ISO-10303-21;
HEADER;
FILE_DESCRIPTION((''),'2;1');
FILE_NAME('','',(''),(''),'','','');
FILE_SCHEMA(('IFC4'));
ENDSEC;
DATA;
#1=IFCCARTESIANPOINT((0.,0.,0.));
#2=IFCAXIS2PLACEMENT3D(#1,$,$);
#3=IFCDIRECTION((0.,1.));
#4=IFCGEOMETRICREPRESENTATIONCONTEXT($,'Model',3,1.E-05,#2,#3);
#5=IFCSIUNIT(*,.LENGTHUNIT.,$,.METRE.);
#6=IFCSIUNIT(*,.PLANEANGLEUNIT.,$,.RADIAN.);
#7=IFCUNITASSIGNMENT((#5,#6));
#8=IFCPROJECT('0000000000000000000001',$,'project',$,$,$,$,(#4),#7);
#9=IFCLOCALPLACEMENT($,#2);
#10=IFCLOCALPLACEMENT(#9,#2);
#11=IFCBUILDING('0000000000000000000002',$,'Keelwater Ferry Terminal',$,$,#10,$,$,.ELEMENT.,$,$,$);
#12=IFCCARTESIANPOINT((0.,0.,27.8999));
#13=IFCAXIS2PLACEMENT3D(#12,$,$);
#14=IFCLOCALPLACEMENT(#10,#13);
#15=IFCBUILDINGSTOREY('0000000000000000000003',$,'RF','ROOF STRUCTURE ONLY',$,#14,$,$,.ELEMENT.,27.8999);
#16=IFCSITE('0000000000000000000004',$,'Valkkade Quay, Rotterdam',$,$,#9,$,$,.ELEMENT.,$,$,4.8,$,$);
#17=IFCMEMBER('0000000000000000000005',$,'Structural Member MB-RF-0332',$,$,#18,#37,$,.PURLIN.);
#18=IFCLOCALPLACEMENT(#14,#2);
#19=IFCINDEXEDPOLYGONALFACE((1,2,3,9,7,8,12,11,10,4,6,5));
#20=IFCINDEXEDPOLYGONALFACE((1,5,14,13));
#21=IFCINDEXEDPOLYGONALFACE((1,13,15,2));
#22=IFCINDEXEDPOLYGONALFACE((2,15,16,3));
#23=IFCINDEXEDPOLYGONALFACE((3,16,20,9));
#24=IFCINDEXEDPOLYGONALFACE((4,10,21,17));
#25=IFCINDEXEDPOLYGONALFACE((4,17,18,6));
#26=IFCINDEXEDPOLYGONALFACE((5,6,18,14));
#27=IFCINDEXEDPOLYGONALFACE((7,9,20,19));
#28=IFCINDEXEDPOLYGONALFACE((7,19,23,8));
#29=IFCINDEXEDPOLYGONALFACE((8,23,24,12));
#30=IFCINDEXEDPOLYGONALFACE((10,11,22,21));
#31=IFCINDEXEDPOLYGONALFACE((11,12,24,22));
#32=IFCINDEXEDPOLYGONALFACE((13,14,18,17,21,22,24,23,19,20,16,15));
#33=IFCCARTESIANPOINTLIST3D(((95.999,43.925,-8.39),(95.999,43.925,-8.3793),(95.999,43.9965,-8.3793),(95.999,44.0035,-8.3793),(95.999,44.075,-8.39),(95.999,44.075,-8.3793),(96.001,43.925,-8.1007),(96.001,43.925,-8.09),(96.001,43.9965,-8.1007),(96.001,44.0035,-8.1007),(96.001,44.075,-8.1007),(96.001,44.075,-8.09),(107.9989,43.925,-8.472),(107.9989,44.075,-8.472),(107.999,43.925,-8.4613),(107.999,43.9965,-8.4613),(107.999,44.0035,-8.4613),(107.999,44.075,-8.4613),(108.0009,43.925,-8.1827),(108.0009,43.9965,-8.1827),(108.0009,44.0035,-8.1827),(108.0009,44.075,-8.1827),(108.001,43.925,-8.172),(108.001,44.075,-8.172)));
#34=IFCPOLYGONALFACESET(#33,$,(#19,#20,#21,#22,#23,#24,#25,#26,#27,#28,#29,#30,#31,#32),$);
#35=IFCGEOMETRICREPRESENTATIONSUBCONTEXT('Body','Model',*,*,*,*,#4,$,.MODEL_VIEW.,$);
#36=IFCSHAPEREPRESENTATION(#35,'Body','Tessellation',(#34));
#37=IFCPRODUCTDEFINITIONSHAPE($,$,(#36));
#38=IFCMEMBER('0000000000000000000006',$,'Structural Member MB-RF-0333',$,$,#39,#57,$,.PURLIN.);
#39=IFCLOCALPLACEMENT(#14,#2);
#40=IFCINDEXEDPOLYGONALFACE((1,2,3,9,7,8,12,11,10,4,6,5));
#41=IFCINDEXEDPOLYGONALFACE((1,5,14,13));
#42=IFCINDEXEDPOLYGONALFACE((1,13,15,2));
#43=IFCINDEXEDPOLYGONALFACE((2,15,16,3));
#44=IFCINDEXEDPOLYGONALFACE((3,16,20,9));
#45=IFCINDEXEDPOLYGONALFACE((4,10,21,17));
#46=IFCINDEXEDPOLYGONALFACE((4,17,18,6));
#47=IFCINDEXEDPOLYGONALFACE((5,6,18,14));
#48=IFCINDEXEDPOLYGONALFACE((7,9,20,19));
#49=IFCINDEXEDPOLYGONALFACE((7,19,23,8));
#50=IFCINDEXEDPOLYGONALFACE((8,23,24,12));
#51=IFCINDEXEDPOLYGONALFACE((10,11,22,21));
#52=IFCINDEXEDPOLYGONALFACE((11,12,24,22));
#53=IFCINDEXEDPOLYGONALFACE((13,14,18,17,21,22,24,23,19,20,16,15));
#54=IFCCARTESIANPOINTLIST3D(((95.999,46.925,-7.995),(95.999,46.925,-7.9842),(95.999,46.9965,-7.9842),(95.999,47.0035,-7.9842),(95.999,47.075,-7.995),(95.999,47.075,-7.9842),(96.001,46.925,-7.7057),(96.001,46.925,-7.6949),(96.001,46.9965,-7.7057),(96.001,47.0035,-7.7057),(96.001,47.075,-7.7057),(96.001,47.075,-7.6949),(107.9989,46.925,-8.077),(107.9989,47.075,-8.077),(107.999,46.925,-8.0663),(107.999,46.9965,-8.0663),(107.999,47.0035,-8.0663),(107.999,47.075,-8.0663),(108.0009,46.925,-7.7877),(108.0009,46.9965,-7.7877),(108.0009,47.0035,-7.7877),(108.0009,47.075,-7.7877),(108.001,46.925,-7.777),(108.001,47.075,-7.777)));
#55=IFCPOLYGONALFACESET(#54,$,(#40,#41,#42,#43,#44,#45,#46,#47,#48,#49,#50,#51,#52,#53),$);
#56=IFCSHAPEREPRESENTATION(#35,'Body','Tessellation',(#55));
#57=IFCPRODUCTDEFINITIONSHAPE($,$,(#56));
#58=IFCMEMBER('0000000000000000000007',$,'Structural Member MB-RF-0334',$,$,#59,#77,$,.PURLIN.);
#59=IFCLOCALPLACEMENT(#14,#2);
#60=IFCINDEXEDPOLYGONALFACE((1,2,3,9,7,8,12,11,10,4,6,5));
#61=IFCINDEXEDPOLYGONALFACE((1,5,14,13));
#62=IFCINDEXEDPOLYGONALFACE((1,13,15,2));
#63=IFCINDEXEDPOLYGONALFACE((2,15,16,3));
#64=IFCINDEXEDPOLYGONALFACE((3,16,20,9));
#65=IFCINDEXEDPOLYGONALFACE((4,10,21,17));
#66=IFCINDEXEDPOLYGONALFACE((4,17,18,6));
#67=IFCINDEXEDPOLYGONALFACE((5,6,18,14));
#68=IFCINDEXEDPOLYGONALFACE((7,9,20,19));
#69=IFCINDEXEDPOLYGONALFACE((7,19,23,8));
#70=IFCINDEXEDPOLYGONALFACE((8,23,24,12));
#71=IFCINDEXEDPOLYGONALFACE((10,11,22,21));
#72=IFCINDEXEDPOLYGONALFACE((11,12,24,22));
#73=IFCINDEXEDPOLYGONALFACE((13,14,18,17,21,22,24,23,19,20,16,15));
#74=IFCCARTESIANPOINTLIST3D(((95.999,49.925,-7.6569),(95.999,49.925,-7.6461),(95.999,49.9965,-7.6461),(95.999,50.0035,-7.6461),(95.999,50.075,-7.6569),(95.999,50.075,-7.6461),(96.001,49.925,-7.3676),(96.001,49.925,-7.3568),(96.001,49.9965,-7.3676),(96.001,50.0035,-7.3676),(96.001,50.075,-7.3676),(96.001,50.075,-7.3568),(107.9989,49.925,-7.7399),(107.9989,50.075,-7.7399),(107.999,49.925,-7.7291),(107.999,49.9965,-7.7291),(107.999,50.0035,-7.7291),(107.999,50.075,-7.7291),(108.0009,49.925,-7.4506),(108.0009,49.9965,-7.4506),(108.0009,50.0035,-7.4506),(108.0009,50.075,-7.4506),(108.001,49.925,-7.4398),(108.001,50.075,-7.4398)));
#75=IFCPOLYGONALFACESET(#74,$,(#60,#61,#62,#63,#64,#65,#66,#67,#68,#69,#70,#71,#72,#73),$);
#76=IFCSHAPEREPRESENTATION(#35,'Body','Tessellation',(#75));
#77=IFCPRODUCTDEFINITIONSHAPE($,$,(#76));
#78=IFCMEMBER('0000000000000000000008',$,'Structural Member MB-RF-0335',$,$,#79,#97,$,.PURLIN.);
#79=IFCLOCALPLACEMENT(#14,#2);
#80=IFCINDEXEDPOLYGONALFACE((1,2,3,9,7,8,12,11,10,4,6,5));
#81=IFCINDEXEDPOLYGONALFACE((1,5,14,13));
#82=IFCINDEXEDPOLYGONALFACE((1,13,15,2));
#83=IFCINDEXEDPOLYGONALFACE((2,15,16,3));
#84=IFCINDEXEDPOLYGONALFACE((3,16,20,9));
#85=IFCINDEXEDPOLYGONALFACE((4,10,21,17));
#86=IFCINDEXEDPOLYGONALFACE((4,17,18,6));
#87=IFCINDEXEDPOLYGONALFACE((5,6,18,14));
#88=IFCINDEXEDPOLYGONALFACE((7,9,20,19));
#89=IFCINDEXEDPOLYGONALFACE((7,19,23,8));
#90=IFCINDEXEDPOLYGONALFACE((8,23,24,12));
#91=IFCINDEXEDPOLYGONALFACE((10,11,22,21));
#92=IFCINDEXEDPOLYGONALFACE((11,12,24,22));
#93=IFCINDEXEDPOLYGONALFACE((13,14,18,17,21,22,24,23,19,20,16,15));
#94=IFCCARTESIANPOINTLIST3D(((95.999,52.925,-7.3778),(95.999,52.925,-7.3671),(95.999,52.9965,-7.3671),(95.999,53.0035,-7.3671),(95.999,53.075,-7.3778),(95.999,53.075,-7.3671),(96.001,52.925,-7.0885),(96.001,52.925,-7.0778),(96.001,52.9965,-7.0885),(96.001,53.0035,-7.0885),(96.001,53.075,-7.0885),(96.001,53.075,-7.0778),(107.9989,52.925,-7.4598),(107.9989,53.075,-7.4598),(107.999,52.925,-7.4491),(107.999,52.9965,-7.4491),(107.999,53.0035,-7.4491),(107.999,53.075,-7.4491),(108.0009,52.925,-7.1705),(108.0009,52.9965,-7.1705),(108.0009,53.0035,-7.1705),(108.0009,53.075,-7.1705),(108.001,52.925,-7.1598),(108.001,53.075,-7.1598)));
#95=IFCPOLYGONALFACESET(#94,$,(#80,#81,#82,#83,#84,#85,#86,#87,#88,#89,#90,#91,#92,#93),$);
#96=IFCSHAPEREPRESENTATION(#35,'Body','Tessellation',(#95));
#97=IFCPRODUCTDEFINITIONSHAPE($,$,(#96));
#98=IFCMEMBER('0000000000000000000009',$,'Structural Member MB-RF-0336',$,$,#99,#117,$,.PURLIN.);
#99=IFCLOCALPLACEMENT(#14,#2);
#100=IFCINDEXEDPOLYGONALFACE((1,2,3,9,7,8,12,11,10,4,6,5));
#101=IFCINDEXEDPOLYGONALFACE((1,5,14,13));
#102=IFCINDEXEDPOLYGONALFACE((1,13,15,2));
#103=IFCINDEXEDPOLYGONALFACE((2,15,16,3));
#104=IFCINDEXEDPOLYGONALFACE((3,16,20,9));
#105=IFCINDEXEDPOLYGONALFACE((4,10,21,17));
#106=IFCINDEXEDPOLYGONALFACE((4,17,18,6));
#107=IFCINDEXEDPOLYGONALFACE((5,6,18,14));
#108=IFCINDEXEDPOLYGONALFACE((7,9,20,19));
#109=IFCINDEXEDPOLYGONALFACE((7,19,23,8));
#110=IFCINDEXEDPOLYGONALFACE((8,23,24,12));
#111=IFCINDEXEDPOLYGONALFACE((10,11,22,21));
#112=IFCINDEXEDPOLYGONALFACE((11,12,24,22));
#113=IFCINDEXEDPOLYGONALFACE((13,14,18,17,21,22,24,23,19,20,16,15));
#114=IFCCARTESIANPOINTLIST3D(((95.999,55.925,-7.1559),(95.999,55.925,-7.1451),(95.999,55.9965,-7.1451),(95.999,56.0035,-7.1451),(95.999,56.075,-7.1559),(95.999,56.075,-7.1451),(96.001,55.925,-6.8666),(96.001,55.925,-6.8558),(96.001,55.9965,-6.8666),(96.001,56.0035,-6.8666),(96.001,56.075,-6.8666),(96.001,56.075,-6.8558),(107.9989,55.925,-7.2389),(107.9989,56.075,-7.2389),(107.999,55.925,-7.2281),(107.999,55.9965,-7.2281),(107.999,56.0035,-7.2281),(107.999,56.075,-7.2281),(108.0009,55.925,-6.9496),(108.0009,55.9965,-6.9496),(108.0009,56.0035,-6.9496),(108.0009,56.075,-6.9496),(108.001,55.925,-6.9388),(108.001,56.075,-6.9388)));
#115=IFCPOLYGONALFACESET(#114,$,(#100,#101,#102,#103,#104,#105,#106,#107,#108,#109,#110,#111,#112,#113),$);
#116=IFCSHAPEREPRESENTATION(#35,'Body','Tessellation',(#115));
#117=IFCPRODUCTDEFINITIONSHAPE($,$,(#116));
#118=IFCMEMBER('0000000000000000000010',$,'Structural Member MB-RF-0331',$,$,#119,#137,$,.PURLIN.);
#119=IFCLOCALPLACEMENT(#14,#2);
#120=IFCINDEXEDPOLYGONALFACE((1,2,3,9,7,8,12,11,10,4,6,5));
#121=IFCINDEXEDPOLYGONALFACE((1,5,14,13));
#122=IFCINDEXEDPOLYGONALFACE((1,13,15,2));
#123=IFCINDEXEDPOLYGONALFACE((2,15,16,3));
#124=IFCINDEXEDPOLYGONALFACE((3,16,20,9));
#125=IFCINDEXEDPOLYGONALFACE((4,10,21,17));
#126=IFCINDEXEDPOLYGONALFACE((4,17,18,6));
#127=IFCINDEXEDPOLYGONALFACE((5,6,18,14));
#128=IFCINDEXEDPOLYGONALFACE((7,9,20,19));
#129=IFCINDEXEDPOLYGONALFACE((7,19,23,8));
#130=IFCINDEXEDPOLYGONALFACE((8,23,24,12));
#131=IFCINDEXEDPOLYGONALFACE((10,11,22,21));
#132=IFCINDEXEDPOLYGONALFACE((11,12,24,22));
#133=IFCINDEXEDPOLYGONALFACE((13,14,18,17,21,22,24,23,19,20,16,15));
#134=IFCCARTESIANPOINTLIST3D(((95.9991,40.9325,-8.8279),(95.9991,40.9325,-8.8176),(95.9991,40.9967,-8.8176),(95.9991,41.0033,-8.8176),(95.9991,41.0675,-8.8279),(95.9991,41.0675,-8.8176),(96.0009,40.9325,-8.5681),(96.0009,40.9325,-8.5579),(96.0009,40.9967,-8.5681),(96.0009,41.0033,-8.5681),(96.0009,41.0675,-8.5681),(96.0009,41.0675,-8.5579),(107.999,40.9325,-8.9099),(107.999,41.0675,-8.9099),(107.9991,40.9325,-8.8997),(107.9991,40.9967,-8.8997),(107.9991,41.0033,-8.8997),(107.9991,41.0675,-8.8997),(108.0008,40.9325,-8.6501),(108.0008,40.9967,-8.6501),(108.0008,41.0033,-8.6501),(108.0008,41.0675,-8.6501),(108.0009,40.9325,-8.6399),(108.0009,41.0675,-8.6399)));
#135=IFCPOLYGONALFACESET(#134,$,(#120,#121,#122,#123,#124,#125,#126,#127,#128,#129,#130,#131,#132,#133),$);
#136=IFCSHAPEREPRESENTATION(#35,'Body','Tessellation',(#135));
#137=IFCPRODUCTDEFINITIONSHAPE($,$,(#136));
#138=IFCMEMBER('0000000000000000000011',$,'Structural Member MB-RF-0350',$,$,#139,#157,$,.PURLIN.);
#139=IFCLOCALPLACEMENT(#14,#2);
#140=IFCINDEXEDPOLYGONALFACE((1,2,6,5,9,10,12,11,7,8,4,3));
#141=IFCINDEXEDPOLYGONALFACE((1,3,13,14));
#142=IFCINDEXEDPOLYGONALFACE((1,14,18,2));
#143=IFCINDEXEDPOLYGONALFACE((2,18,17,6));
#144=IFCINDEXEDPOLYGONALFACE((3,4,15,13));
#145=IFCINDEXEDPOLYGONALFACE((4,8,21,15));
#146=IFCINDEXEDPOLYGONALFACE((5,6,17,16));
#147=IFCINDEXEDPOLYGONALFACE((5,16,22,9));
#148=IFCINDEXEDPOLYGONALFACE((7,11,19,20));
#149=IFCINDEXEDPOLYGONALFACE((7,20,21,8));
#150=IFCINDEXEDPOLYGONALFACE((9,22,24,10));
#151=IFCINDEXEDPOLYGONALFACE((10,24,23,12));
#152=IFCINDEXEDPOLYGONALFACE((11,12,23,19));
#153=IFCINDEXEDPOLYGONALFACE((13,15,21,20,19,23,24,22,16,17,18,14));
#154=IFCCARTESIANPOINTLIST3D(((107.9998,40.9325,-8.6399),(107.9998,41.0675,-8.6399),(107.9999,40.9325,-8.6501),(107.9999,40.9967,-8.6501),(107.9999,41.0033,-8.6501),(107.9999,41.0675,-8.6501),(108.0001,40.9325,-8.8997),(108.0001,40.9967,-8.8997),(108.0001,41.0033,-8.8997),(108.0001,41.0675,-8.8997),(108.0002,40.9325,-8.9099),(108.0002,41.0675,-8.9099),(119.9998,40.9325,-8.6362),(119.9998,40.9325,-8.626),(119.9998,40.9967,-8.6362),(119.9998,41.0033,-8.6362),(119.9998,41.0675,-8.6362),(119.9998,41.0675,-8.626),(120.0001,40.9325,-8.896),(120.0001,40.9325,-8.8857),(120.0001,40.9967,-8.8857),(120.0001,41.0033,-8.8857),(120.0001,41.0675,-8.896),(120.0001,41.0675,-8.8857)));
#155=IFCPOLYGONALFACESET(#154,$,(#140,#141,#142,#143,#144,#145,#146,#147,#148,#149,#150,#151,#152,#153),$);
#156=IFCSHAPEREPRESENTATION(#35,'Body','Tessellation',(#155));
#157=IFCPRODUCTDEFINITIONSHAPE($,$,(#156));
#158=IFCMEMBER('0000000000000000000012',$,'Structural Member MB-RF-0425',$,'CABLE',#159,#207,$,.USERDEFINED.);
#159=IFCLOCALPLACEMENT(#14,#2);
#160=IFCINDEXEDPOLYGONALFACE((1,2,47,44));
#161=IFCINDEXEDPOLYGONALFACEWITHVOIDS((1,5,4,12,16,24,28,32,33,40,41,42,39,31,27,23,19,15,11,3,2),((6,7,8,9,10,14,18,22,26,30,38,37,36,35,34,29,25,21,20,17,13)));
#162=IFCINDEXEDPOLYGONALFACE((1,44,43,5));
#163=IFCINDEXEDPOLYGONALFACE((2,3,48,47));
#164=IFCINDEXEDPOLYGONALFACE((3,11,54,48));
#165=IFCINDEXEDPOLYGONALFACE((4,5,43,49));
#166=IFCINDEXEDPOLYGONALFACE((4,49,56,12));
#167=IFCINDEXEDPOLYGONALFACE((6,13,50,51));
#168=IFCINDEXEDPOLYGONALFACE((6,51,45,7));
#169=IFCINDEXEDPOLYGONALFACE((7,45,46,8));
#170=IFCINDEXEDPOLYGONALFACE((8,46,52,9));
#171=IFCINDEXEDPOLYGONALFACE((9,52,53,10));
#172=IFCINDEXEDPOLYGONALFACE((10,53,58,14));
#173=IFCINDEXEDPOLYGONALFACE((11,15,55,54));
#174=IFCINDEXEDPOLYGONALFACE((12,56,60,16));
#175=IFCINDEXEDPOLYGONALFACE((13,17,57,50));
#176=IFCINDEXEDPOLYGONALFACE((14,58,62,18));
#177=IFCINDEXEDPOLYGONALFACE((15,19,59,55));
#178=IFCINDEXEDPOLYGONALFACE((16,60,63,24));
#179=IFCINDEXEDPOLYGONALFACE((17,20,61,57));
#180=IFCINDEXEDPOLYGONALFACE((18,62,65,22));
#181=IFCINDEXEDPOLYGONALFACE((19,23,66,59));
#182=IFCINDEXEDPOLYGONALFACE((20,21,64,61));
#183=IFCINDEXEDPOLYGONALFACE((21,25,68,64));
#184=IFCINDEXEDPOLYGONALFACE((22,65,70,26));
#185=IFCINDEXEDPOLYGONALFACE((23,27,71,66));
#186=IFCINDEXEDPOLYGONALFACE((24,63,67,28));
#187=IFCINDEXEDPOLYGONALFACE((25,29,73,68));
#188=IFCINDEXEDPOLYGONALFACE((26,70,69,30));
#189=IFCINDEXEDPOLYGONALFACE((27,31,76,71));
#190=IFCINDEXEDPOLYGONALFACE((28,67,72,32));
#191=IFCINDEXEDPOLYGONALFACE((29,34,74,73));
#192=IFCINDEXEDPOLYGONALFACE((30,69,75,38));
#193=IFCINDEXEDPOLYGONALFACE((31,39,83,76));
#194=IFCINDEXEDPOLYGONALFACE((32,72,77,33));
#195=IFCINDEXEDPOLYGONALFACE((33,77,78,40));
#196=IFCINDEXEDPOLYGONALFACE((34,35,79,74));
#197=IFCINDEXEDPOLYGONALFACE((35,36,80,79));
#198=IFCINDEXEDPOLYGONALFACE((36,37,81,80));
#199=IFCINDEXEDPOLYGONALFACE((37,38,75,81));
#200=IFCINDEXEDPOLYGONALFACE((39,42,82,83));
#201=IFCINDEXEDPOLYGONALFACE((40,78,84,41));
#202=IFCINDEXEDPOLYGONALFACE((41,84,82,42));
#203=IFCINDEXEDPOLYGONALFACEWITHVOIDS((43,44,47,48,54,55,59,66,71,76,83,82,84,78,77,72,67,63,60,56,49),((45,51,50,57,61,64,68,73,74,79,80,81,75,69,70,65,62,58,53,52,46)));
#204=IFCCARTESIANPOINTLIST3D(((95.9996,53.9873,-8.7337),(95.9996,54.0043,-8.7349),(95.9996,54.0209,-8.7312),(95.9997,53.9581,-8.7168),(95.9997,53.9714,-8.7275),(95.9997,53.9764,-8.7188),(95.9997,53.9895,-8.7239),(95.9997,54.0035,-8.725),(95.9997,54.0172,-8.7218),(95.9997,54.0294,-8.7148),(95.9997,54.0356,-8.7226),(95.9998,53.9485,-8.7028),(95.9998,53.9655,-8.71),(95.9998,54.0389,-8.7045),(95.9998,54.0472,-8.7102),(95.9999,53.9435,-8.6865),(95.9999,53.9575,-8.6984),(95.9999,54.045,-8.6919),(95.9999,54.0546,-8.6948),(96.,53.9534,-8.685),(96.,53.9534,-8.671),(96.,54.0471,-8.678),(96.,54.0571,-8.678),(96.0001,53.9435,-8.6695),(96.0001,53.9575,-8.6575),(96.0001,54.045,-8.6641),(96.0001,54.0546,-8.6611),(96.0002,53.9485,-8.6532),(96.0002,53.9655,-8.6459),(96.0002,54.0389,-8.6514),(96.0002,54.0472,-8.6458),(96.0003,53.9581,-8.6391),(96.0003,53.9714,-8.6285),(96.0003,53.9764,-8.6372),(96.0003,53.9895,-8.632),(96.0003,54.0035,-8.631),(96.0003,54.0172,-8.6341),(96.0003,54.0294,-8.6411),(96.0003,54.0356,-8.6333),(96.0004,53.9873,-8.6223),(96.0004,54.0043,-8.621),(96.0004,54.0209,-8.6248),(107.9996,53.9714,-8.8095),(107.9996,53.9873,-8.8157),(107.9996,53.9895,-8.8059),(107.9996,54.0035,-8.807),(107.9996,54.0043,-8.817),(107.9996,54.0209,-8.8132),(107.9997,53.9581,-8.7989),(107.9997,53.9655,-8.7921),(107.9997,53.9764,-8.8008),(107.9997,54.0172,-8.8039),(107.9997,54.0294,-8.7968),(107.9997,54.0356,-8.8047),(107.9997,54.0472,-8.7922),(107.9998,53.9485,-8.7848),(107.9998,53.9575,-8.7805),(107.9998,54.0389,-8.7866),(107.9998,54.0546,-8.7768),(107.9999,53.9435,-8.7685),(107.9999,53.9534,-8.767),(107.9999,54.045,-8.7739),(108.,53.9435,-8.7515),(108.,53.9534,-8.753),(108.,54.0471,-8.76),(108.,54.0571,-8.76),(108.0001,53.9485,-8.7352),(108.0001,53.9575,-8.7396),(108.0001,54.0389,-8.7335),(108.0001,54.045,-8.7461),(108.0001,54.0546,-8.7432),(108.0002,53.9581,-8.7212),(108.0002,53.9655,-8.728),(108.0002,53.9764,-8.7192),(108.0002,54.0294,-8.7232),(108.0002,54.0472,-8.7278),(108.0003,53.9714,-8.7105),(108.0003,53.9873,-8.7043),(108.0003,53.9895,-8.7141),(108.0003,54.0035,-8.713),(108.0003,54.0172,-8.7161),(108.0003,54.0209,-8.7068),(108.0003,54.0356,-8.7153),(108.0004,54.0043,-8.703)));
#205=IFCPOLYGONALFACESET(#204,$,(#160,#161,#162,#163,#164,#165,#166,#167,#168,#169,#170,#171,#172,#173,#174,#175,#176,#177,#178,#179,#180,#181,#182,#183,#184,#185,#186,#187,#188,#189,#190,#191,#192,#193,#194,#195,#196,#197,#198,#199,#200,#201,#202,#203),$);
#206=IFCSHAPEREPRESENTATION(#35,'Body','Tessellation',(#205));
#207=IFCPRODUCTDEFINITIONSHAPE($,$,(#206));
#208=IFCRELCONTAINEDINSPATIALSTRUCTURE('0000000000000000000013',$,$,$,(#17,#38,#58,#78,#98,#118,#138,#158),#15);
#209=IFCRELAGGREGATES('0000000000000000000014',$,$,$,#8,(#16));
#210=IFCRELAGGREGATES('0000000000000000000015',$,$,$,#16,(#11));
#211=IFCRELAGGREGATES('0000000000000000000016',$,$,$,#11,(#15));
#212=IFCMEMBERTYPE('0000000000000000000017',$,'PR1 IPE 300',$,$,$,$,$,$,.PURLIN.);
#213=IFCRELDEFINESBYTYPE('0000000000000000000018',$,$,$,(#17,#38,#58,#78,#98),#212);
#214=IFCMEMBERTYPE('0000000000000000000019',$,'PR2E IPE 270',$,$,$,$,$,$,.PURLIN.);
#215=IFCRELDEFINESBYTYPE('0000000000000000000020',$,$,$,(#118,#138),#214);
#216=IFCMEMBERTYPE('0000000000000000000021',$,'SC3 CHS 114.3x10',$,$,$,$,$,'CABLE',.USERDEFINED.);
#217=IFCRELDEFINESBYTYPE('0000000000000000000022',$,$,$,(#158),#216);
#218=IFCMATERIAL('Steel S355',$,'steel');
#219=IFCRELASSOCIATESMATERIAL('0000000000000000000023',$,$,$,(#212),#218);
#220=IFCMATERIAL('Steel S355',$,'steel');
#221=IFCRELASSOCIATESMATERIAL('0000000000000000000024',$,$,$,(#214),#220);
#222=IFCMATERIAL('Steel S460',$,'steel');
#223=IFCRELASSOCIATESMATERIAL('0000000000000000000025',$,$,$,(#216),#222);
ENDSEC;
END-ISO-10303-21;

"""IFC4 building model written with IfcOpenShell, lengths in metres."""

from ifc_helpers import new_model, si_unit, direction, frame, origin, origin_2d, place, context, subcontext, project, spatial, hollow_circle, i_section, extrude, material, material_profile, profile_set, type_object, element, save


model = new_model("IFC4")

# Units and contexts
model_context = context("Model", 3, precision=1e-05, world=origin(), true_north=direction((0.0, 1.0)))
body_context = subcontext(model_context, "Body", "Model", "MODEL_VIEW")
ifc_project = project(units=[si_unit("LENGTHUNIT", "METRE"), si_unit("PLANEANGLEUNIT", "RADIAN")], contexts=[model_context])

# Site, building, storey
site_placement = place(None, origin())
site = spatial("IfcSite", under=ifc_project, at=site_placement, Name="Valkkade Quay, Rotterdam", CompositionType="ELEMENT", RefElevation=4.8)
building_placement = place(site_placement, origin())
building = spatial("IfcBuilding", under=site, at=building_placement, Name="Keelwater Ferry Terminal", CompositionType="ELEMENT")
storey_placement = place(building_placement, frame((0.0, 0.0, 27.8999)))
storey = spatial("IfcBuildingStorey", under=building, at=storey_placement, Name="RF", Description="ROOF STRUCTURE ONLY", CompositionType="ELEMENT", Elevation=27.8999)

# Members
ifc_material_1 = material(Name="Steel S355", Category="steel")
ifc_material_profile_1 = material_profile(ifc_material_1, i_section(OverallWidth=0.1499, OverallDepth=0.3, WebThickness=0.0071, FlangeThickness=0.0107, at=origin_2d()), Name="IPE 300")
ifc_profile_set_1 = profile_set([ifc_material_profile_1], Name="Steel S355")
member_type_1 = type_object("IfcMemberType", Name="PR1 IPE 300", PredefinedType="PURLIN", material=ifc_profile_set_1)
for number, where, z_axis, x_axis, name in (
    (1, (96.0, 44.0, -8.24), (0.999977, 0.0, -0.006836), (0.0, 1.0, 0.0), "Structural Member MB-RF-0332"),
    (2, (96.0, 47.0, -7.845), (0.999977, 0.0, -0.006836), (0.0, 1.0, 0.0), "Structural Member MB-RF-0333"),
    (3, (96.0, 50.0, -7.5068), (0.999976, 0.0, -0.006917), (0.0, 1.0, 0.0), "Structural Member MB-RF-0334"),
    (4, (96.0, 53.0, -7.2278), (0.999977, 0.0, -0.006836), (0.0, 1.0, 0.0), "Structural Member MB-RF-0335"),
    (5, (96.0, 56.0, -7.0059), (0.999976, 0.0, -0.006917), (0.0, 1.0, 0.0), "Structural Member MB-RF-0336"),
):
    element("IfcMember", number, at=place(storey_placement, frame(where, z_axis=z_axis, x_axis=x_axis)), inside=storey, type_object=member_type_1, Name=name, PredefinedType="PURLIN", context=body_context, shape_type="SweptSolid", body=[
        extrude(i_section(OverallWidth=0.1499, OverallDepth=0.3, WebThickness=0.0071, FlangeThickness=0.0107, at=origin_2d()), origin(), (0.0, 0.0, 1.0), 12.0002),
    ])
ifc_material_2 = material(Name="Steel S355", Category="steel")
ifc_material_profile_2 = material_profile(ifc_material_2, i_section(OverallWidth=0.135, OverallDepth=0.27, WebThickness=0.0066, FlangeThickness=0.0103, at=origin_2d()), Name="IPE 270")
ifc_profile_set_2 = profile_set([ifc_material_profile_2], Name="Steel S355")
member_type_2 = type_object("IfcMemberType", Name="PR2E IPE 270", PredefinedType="PURLIN", material=ifc_profile_set_2)
member_1_placement = place(storey_placement, frame((96.0, 41.0, -8.6929), z_axis=(0.999977, 0.0, -0.006836), x_axis=(0.0, 1.0, 0.0)))
element("IfcMember", 6, at=member_1_placement, inside=storey, type_object=member_type_2, Name="Structural Member MB-RF-0331", PredefinedType="PURLIN", context=body_context, shape_type="SweptSolid", body=[
    extrude(i_section(OverallWidth=0.135, OverallDepth=0.27, WebThickness=0.0066, FlangeThickness=0.0103, at=origin_2d()), origin(), (0.0, 0.0, 1.0), 12.0002),
])
member_2_placement = place(storey_placement, frame((108.0, 41.0, -8.7749), z_axis=(0.999999, 0.0, 0.00116), x_axis=(0.0, 1.0, 0.0)))
element("IfcMember", 7, at=member_2_placement, inside=storey, type_object=member_type_2, Name="Structural Member MB-RF-0350", PredefinedType="PURLIN", context=body_context, shape_type="SweptSolid", body=[
    extrude(i_section(OverallWidth=0.135, OverallDepth=0.27, WebThickness=0.0066, FlangeThickness=0.0103, at=origin_2d()), origin(), (0.0, 0.0, 1.0), 12.0),
])
ifc_material_3 = material(Name="Steel S460", Category="steel")
ifc_material_profile_3 = material_profile(ifc_material_3, hollow_circle(Radius=0.0571, WallThickness=0.01, at=origin_2d()), Name="CHS 114.3x10")
ifc_profile_set_3 = profile_set([ifc_material_profile_3], Name="Steel S460")
member_type_3 = type_object("IfcMemberType", Name="SC3 CHS 114.3x10", ElementType="CABLE", PredefinedType="USERDEFINED", material=ifc_profile_set_3)
member_3_placement = place(storey_placement, frame((96.0, 54.0, -8.678), z_axis=(0.999977, 0.0, -0.006836), x_axis=(0.0, 1.0, 0.0)))
element("IfcMember", 8, at=member_3_placement, inside=storey, type_object=member_type_3, Name="Structural Member MB-RF-0425", ObjectType="CABLE", PredefinedType="USERDEFINED", context=body_context, shape_type="SweptSolid", body=[
    extrude(hollow_circle(Radius=0.0571, WallThickness=0.01, at=origin_2d()), origin(), (0.0, 0.0, 1.0), 12.0002),
])

save(model, "model.ifc")
